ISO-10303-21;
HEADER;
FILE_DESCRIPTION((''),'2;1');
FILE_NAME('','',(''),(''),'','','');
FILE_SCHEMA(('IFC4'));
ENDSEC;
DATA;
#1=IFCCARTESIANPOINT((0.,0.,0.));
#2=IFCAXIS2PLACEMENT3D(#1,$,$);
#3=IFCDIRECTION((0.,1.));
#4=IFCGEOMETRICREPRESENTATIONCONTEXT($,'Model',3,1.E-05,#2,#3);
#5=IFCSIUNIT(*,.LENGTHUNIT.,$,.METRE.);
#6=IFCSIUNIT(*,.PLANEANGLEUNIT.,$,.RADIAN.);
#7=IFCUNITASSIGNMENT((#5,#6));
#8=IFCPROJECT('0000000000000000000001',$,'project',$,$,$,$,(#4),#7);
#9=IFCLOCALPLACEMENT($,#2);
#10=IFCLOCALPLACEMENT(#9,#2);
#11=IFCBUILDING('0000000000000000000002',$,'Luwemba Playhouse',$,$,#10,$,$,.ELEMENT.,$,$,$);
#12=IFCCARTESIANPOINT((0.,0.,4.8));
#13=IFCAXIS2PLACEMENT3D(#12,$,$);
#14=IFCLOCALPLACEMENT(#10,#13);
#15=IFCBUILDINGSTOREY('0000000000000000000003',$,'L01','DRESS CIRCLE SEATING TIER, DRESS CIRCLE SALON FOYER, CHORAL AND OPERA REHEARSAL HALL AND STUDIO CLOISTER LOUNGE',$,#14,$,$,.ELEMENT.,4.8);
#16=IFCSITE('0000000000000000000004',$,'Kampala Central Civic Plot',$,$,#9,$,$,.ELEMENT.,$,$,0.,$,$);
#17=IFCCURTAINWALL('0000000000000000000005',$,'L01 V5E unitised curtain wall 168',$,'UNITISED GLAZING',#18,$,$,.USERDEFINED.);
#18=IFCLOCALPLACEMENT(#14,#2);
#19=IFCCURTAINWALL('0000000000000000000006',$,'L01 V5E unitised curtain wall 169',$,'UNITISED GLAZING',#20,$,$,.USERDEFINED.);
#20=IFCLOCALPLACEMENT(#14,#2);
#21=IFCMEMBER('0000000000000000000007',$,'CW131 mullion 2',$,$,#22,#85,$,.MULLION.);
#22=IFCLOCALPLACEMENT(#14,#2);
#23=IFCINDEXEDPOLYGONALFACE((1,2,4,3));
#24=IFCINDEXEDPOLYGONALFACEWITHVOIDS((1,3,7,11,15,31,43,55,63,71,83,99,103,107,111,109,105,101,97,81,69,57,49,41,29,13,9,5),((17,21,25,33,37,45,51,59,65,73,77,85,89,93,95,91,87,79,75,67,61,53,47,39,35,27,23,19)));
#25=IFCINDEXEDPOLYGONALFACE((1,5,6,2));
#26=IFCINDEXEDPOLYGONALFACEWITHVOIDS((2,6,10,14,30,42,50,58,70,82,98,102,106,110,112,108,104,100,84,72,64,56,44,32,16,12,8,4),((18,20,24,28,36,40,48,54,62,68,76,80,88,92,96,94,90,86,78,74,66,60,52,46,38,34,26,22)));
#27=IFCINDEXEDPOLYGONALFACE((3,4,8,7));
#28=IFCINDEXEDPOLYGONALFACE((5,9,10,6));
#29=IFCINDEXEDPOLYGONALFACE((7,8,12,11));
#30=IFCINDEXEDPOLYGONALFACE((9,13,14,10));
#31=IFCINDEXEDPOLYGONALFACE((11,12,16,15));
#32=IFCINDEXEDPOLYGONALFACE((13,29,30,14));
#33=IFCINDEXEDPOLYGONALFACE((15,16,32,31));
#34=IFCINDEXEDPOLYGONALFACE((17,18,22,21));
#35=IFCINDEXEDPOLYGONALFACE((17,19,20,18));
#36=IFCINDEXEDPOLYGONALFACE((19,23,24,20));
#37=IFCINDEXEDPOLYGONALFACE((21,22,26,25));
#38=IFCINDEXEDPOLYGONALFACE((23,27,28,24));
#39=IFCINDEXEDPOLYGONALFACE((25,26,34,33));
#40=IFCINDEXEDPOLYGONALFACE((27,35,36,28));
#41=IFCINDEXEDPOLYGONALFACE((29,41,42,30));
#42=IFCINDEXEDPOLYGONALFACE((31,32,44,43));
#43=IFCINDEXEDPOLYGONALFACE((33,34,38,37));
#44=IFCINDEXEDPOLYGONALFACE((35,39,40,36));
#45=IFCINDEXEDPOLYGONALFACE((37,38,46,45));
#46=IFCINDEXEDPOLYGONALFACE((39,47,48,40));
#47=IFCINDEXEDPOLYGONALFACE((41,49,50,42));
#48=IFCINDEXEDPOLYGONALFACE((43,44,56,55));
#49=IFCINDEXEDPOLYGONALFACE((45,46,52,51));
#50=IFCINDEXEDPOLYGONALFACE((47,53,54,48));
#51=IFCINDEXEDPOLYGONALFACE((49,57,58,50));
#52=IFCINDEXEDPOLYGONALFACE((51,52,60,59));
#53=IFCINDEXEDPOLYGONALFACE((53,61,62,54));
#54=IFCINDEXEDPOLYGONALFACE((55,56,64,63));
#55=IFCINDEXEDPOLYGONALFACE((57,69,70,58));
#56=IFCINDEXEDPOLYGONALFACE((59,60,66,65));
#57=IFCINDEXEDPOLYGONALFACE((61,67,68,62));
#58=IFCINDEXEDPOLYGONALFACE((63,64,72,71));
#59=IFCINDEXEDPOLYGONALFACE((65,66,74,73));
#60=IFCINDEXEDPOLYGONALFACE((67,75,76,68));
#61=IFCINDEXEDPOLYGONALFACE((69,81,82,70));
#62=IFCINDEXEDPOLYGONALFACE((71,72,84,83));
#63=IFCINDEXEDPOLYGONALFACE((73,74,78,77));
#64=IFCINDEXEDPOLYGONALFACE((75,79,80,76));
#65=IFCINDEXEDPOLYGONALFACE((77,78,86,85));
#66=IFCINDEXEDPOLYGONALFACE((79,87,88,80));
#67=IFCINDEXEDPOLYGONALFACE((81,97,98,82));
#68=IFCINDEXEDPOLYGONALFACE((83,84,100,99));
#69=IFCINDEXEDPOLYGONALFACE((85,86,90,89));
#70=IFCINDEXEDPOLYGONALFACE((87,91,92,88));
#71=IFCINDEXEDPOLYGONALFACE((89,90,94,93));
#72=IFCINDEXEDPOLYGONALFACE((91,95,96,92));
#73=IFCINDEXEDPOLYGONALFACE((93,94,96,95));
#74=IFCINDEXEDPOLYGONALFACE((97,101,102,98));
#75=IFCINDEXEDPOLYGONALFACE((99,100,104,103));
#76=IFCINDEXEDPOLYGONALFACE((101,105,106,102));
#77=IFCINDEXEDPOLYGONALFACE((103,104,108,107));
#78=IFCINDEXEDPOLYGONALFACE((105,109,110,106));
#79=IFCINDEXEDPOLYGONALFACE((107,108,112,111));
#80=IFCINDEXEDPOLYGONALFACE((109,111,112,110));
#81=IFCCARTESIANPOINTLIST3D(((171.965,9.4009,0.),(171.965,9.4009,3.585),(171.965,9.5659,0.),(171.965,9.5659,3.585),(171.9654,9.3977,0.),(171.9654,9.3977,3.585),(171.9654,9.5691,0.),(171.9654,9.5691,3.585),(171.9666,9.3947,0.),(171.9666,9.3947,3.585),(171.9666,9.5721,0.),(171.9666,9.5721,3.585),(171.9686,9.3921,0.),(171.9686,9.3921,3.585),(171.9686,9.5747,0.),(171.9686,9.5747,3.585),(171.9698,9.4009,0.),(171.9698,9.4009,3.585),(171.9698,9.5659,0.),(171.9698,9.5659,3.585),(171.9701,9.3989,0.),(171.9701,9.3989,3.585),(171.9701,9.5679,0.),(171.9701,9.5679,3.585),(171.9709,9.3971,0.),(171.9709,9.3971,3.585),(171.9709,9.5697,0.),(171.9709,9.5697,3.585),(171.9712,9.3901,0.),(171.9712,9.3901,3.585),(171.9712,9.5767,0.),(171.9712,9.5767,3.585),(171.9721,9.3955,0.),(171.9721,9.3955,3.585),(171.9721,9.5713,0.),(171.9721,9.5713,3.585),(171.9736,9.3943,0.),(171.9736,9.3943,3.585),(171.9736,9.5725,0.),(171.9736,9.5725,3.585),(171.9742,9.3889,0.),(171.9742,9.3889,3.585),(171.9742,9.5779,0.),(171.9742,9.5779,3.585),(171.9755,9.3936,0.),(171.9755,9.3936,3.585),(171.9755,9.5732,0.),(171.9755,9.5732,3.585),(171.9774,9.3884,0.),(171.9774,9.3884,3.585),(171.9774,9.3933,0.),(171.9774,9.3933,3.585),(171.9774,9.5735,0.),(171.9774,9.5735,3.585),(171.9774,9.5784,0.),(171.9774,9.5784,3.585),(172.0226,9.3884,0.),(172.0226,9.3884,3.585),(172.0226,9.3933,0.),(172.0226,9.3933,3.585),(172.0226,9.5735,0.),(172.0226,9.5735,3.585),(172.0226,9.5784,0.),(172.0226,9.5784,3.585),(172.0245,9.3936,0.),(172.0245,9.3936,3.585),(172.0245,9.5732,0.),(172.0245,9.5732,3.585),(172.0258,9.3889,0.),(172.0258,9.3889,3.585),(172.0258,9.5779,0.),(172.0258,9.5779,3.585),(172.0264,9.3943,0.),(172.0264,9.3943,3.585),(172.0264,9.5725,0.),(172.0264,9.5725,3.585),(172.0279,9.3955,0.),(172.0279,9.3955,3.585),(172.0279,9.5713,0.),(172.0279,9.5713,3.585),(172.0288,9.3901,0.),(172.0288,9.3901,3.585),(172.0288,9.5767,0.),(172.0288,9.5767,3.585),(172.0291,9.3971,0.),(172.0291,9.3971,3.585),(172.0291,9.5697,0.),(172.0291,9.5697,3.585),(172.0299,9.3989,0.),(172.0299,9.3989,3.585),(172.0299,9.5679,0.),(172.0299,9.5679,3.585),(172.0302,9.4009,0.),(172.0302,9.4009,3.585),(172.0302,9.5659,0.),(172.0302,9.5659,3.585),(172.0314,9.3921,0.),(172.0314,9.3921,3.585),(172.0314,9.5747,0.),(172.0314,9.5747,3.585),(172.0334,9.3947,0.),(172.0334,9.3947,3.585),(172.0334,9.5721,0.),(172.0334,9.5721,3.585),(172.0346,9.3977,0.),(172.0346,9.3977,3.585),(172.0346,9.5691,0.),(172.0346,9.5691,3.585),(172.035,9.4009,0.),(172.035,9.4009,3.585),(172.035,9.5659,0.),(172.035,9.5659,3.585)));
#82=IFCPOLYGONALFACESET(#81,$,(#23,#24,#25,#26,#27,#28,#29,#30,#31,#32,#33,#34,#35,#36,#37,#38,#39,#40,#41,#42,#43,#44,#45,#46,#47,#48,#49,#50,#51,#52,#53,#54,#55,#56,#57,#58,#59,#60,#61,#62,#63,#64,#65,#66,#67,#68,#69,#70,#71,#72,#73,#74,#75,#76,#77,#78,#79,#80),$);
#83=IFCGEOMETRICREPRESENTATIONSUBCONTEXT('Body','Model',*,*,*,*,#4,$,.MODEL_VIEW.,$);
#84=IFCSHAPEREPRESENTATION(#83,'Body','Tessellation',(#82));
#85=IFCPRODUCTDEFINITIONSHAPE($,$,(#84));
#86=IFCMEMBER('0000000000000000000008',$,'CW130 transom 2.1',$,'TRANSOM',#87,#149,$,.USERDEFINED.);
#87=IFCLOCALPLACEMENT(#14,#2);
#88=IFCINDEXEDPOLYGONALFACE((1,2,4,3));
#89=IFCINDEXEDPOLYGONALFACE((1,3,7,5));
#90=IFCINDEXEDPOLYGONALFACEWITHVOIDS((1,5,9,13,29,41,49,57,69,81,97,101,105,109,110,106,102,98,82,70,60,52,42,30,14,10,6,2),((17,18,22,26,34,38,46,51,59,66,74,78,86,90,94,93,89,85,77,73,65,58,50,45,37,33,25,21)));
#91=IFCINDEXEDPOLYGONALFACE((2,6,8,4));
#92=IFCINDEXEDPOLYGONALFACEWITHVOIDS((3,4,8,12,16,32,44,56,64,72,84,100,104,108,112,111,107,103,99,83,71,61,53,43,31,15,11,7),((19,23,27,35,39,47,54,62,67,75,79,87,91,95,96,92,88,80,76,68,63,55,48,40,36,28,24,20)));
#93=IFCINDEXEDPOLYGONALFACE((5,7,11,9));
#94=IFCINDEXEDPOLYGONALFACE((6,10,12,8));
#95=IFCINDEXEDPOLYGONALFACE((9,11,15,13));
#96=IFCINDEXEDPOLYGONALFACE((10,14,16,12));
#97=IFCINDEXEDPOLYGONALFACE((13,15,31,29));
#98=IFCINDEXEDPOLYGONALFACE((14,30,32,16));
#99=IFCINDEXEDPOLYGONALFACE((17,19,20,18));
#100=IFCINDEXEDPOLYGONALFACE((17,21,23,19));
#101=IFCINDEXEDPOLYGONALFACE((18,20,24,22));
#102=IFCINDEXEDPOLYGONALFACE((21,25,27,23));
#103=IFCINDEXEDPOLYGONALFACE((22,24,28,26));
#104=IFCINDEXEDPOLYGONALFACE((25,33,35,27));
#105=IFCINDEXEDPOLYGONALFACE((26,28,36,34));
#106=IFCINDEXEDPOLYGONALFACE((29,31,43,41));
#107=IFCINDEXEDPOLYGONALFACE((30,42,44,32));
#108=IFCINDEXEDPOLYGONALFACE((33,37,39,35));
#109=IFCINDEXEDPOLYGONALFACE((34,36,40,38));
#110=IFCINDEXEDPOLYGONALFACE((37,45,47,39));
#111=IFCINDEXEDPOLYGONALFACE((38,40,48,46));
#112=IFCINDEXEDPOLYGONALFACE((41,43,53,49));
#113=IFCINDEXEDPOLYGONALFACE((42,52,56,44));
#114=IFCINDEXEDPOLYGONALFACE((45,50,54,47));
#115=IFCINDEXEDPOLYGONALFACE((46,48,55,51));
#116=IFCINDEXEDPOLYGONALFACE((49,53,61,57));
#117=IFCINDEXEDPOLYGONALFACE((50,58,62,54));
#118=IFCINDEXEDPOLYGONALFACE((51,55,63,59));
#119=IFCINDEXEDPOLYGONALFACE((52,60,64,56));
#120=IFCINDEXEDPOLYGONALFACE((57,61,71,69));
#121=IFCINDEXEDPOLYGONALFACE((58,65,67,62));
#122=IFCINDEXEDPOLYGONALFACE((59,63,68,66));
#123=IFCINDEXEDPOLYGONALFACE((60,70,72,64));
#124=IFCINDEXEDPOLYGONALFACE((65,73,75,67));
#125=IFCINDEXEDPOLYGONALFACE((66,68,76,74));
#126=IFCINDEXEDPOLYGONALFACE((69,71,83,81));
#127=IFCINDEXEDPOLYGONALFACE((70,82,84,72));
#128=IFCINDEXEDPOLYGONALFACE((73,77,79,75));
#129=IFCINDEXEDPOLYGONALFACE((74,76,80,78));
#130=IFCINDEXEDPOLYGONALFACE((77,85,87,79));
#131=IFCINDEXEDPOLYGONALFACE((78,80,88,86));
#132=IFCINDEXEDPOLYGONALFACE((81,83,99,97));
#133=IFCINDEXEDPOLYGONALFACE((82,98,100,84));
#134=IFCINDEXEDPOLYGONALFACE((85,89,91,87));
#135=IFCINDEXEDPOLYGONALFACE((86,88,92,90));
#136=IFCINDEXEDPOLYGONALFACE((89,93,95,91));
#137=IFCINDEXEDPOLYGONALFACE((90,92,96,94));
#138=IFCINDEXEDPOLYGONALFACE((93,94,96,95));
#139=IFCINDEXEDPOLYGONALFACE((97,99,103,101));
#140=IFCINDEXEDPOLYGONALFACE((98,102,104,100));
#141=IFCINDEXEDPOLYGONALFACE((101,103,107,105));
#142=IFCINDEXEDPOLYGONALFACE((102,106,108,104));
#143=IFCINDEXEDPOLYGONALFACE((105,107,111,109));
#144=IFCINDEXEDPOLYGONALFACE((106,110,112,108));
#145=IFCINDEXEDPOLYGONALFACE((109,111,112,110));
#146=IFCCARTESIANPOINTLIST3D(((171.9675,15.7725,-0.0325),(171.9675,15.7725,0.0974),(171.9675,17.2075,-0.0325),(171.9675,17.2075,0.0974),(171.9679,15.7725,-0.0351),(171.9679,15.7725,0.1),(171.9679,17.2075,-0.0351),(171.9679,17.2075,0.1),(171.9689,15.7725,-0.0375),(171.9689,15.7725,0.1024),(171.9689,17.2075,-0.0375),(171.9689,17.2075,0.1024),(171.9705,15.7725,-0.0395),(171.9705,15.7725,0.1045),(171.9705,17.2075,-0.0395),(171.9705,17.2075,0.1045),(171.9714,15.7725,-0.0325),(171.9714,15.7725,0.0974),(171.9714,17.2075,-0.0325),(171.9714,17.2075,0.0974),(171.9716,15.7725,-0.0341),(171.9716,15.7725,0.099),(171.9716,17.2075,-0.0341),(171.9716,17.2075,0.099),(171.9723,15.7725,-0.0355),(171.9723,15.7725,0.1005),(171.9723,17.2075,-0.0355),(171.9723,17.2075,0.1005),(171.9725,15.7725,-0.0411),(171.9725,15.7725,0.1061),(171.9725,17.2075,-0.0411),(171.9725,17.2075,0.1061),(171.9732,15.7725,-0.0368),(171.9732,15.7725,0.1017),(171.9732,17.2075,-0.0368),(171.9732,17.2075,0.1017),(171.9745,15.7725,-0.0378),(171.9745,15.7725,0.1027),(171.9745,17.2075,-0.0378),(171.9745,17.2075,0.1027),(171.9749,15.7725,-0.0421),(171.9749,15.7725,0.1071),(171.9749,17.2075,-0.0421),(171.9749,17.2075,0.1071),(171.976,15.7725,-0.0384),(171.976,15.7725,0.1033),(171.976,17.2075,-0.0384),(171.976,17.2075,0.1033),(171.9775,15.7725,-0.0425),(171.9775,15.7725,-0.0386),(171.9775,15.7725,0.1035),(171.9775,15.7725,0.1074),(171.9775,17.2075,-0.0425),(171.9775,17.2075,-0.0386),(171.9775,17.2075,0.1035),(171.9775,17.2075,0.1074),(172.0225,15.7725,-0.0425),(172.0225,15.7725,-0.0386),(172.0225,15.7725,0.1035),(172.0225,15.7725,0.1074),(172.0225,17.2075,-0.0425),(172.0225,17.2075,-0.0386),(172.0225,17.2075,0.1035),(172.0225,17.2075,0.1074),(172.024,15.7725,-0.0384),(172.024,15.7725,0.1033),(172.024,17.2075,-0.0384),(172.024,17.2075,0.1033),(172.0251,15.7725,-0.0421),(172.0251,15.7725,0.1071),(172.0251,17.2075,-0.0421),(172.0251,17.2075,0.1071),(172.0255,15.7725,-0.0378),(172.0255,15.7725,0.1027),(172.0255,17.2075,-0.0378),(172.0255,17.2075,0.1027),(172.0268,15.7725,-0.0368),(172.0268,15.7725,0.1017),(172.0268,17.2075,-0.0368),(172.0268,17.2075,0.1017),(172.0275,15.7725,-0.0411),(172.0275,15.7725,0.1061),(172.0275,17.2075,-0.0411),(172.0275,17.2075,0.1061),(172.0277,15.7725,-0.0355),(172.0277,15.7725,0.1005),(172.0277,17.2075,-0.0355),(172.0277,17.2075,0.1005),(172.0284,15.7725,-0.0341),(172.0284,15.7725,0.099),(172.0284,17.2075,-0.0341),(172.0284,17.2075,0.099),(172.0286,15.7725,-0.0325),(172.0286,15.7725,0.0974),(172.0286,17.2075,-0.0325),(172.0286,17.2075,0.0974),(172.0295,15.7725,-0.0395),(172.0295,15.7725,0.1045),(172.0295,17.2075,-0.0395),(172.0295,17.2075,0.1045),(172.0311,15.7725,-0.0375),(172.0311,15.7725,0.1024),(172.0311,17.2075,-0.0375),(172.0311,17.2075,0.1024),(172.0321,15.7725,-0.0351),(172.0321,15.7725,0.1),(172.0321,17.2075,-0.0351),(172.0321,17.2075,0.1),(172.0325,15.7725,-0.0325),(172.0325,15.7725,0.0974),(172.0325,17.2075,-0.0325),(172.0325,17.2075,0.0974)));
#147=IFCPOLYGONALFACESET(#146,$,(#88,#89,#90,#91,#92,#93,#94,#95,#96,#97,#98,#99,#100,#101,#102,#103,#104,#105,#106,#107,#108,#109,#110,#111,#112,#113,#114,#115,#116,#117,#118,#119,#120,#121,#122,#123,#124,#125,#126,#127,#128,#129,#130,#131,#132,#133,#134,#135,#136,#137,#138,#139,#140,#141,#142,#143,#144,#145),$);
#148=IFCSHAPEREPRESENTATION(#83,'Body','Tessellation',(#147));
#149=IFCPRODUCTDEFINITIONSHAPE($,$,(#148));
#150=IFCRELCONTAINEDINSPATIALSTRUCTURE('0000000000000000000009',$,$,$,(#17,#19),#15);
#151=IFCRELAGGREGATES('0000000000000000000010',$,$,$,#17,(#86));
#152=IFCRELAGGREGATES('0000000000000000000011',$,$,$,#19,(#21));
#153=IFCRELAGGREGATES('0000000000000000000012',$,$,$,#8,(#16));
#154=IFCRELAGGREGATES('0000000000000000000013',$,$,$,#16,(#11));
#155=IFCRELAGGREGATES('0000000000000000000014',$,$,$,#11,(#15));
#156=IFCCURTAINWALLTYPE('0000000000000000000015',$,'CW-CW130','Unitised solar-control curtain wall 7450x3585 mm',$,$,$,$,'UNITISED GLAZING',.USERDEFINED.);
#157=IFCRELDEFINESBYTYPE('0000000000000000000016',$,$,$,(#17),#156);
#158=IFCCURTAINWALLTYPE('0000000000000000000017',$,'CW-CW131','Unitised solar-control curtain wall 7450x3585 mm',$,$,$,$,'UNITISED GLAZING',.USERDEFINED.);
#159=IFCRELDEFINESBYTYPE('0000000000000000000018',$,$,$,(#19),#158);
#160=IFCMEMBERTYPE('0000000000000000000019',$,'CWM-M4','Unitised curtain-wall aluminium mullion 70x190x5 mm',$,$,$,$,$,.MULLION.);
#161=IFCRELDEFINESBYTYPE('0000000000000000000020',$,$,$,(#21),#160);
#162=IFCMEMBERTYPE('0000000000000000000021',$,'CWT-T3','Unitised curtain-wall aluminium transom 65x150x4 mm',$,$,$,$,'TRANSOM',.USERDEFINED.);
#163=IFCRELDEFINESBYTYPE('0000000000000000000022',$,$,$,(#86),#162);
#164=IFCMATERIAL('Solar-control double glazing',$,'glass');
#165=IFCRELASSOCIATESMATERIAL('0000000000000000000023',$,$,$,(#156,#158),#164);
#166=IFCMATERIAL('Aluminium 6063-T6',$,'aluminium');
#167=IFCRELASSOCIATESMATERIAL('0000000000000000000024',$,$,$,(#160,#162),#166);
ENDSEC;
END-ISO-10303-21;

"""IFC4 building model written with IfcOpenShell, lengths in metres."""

from ifc_helpers import new_model, si_unit, direction, frame, origin, origin_2d, place, context, subcontext, project, spatial, hollow_rectangle, extrude, material, material_profile, profile_set, type_object, element, aggregate, save


model = new_model("IFC4")

# Units and contexts
model_context = context("Model", 3, precision=1e-05, world=origin(), true_north=direction((0.0, 1.0)))
body_context = subcontext(model_context, "Body", "Model", "MODEL_VIEW")
ifc_project = project(units=[si_unit("LENGTHUNIT", "METRE"), si_unit("PLANEANGLEUNIT", "RADIAN")], contexts=[model_context])

# Site, building, storey
site_placement = place(None, origin())
site = spatial("IfcSite", under=ifc_project, at=site_placement, Name="Kampala Central Civic Plot", CompositionType="ELEMENT", RefElevation=0.0)
building_placement = place(site_placement, origin())
building = spatial("IfcBuilding", under=site, at=building_placement, Name="Luwemba Playhouse", CompositionType="ELEMENT")
storey_placement = place(building_placement, frame((0.0, 0.0, 4.8)))
storey = spatial("IfcBuildingStorey", under=building, at=storey_placement, Name="L01", Description="DRESS CIRCLE SEATING TIER, DRESS CIRCLE SALON FOYER, CHORAL AND OPERA REHEARSAL HALL AND STUDIO CLOISTER LOUNGE", CompositionType="ELEMENT", Elevation=4.8)

# Curtain walls, member
ifc_material_1 = material(Name="Solar-control double glazing", Category="glass")
curtain_wall_type_1 = type_object("IfcCurtainWallType", Name="CW-CW130", Description="Unitised solar-control curtain wall 7450x3585 mm", ElementType="UNITISED GLAZING", PredefinedType="USERDEFINED", material=ifc_material_1)
curtain_wall_1_placement = place(storey_placement, origin())
curtain_wall_1 = element("IfcCurtainWall", 1, at=curtain_wall_1_placement, inside=storey, type_object=curtain_wall_type_1, Name="L01 V5E unitised curtain wall 168", ObjectType="UNITISED GLAZING", PredefinedType="USERDEFINED")
ifc_material_2 = material(Name="Aluminium 6063-T6", Category="aluminium")
curtain_wall_type_2 = type_object("IfcCurtainWallType", Name="CW-CW131", Description="Unitised solar-control curtain wall 7450x3585 mm", ElementType="UNITISED GLAZING", PredefinedType="USERDEFINED", material=ifc_material_1)
curtain_wall_2_placement = place(storey_placement, origin())
curtain_wall_2 = element("IfcCurtainWall", 2, at=curtain_wall_2_placement, inside=storey, type_object=curtain_wall_type_2, Name="L01 V5E unitised curtain wall 169", ObjectType="UNITISED GLAZING", PredefinedType="USERDEFINED")
ifc_material_profile_1 = material_profile(ifc_material_2, hollow_rectangle(XDim=0.0701, YDim=0.1899, WallThickness=0.0049, InnerFilletRadius=0.0076, OuterFilletRadius=0.0125, at=origin_2d()))
ifc_profile_set_1 = profile_set([ifc_material_profile_1], Name="Aluminium 6063-T6")
member_type_1 = type_object("IfcMemberType", Name="CWM-M4", Description="Unitised curtain-wall aluminium mullion 70x190x5 mm", PredefinedType="MULLION", material=ifc_profile_set_1)
member_1_placement = place(storey_placement, frame((172.0, 9.4834, 0.0), z_axis=(0.0, 0.0, 1.0), x_axis=(1.0, 0.0, 0.0)))
member_1 = element("IfcMember", 3, at=member_1_placement, type_object=member_type_1, Name="CW131 mullion 2", PredefinedType="MULLION", context=body_context, shape_type="SweptSolid", body=[
    extrude(hollow_rectangle(XDim=0.0701, YDim=0.1899, WallThickness=0.0049, InnerFilletRadius=0.0076, OuterFilletRadius=0.0125, at=origin_2d()), origin(), (0.0, 0.0, 1.0), 3.585),
])

# Member
ifc_material_profile_2 = material_profile(ifc_material_2, hollow_rectangle(XDim=0.0649, YDim=0.1499, WallThickness=0.0039, InnerFilletRadius=0.0061, OuterFilletRadius=0.01, at=origin_2d()))
ifc_profile_set_2 = profile_set([ifc_material_profile_2], Name="Aluminium 6063-T6")
member_type_2 = type_object("IfcMemberType", Name="CWT-T3", Description="Unitised curtain-wall aluminium transom 65x150x4 mm", ElementType="TRANSOM", PredefinedType="USERDEFINED", material=ifc_profile_set_2)
member_2_placement = place(storey_placement, frame((172.0, 17.2075, 0.0325), z_axis=(0.0, -1.0, 0.0), x_axis=(1.0, 0.0, 0.0)))
member_2 = element("IfcMember", 4, at=member_2_placement, type_object=member_type_2, Name="CW130 transom 2.1", ObjectType="TRANSOM", PredefinedType="USERDEFINED", context=body_context, shape_type="SweptSolid", body=[
    extrude(hollow_rectangle(XDim=0.0649, YDim=0.1499, WallThickness=0.0039, InnerFilletRadius=0.0061, OuterFilletRadius=0.01, at=origin_2d()), origin(), (0.0, 0.0, 1.0), 1.4351),
])

aggregate(curtain_wall_1, [member_2])
aggregate(curtain_wall_2, [member_1])

save(model, "model.ifc")
